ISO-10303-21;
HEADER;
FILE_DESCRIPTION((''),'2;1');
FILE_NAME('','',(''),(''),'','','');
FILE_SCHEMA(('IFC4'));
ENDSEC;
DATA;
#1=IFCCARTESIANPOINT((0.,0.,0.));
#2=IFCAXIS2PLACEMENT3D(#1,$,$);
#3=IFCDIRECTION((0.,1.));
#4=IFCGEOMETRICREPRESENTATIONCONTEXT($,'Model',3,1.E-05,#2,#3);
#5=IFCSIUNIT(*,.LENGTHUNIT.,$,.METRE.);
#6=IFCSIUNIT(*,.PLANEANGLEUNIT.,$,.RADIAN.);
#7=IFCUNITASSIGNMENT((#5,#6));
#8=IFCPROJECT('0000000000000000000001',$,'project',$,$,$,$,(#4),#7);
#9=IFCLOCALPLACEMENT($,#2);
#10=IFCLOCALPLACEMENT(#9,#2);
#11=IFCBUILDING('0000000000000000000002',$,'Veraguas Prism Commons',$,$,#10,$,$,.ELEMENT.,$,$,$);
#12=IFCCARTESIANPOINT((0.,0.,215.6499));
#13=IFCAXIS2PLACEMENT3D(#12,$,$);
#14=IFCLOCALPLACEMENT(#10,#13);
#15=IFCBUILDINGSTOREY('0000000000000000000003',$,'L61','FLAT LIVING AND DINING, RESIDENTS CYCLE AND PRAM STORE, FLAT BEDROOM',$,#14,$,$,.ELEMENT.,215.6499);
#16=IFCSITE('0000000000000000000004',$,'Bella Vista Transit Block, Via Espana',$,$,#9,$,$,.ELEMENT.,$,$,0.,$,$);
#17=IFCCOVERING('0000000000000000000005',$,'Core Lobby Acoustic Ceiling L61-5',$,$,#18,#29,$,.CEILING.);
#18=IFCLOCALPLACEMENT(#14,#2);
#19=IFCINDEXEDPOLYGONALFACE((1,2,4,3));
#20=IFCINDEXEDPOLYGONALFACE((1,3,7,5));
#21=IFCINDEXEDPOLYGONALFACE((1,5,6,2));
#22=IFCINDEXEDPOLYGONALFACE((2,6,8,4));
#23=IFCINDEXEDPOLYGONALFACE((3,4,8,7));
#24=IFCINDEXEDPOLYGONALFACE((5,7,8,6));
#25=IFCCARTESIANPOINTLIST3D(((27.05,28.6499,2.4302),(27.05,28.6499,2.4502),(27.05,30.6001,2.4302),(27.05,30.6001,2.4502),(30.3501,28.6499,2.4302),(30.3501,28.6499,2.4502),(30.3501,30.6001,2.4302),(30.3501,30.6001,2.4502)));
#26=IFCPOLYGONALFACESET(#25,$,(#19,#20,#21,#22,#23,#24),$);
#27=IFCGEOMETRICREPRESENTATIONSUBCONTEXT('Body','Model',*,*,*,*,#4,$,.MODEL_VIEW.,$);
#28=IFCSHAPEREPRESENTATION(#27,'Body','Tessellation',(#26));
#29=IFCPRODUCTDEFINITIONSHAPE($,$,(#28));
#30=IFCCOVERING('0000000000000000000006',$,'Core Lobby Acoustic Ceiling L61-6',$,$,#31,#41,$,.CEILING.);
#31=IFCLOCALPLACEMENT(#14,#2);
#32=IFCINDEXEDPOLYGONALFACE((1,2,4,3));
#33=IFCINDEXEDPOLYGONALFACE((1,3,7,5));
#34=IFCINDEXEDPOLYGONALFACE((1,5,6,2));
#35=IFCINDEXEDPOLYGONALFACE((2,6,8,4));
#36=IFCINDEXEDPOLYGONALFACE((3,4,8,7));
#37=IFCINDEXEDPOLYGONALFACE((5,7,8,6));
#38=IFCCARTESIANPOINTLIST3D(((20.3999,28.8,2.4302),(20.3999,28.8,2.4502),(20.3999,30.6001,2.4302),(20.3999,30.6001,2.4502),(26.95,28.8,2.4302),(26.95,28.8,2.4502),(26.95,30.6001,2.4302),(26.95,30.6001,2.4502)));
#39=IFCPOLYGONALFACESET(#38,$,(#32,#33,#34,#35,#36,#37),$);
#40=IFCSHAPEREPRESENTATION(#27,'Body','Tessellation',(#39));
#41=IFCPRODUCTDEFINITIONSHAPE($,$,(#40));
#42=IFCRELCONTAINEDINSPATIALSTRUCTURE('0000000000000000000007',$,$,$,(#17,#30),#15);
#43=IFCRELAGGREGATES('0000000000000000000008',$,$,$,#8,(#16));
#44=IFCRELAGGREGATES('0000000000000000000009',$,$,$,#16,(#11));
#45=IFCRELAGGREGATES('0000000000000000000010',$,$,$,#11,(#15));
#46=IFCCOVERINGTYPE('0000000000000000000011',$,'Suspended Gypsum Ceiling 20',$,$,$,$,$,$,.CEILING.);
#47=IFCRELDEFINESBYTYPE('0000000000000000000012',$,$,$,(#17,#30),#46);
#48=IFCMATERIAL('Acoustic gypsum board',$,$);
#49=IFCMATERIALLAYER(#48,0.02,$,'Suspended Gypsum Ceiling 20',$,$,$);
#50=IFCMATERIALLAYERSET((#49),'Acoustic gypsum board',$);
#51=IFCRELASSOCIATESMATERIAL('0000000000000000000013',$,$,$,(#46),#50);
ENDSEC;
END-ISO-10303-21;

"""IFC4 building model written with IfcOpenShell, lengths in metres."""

from ifc_helpers import new_model, si_unit, direction, frame, origin, place, context, subcontext, project, spatial, polyline, outline, extrude, material, layer, layer_set, type_object, element, save


model = new_model("IFC4")

# Units and contexts
model_context = context("Model", 3, precision=1e-05, world=origin(), true_north=direction((0.0, 1.0)))
body_context = subcontext(model_context, "Body", "Model", "MODEL_VIEW")
ifc_project = project(units=[si_unit("LENGTHUNIT", "METRE"), si_unit("PLANEANGLEUNIT", "RADIAN")], contexts=[model_context])

# Site, building, storey
site_placement = place(None, origin())
site = spatial("IfcSite", under=ifc_project, at=site_placement, Name="Bella Vista Transit Block, Via Espana", CompositionType="ELEMENT", RefElevation=0.0)
building_placement = place(site_placement, origin())
building = spatial("IfcBuilding", under=site, at=building_placement, Name="Veraguas Prism Commons", CompositionType="ELEMENT")
storey_placement = place(building_placement, frame((0.0, 0.0, 215.6499)))
storey = spatial("IfcBuildingStorey", under=building, at=storey_placement, Name="L61", Description="FLAT LIVING AND DINING, RESIDENTS CYCLE AND PRAM STORE, FLAT BEDROOM", CompositionType="ELEMENT", Elevation=215.6499)

# Coverings
ifc_material_1 = material(Name="Acoustic gypsum board")
ifc_layer_1 = layer(ifc_material_1, 0.02, Name="Suspended Gypsum Ceiling 20")
ifc_layer_set_1 = layer_set([ifc_layer_1], Name="Acoustic gypsum board")
covering_type_1 = type_object("IfcCoveringType", Name="Suspended Gypsum Ceiling 20", PredefinedType="CEILING", material=ifc_layer_set_1)
covering_1_placement = place(storey_placement, frame((0.0, 0.0, 2.4302)))
element("IfcCovering", 1, at=covering_1_placement, inside=storey, type_object=covering_type_1, Name="Core Lobby Acoustic Ceiling L61-5", PredefinedType="CEILING", context=body_context, shape_type="SweptSolid", body=[
    extrude(outline(polyline([(27.05, 28.6499), (30.3501, 28.6499), (30.3501, 30.6001), (27.05, 30.6001), (27.05, 28.6499)])), origin(), (0.0, 0.0, 1.0), 0.02),
])
covering_2_placement = place(storey_placement, frame((0.0, 0.0, 2.4302)))
element("IfcCovering", 2, at=covering_2_placement, inside=storey, type_object=covering_type_1, Name="Core Lobby Acoustic Ceiling L61-6", PredefinedType="CEILING", context=body_context, shape_type="SweptSolid", body=[
    extrude(outline(polyline([(20.3999, 28.8), (26.95, 28.8), (26.95, 30.6001), (20.3999, 30.6001), (20.3999, 28.8)])), origin(), (0.0, 0.0, 1.0), 0.02),
])

save(model, "model.ifc")
